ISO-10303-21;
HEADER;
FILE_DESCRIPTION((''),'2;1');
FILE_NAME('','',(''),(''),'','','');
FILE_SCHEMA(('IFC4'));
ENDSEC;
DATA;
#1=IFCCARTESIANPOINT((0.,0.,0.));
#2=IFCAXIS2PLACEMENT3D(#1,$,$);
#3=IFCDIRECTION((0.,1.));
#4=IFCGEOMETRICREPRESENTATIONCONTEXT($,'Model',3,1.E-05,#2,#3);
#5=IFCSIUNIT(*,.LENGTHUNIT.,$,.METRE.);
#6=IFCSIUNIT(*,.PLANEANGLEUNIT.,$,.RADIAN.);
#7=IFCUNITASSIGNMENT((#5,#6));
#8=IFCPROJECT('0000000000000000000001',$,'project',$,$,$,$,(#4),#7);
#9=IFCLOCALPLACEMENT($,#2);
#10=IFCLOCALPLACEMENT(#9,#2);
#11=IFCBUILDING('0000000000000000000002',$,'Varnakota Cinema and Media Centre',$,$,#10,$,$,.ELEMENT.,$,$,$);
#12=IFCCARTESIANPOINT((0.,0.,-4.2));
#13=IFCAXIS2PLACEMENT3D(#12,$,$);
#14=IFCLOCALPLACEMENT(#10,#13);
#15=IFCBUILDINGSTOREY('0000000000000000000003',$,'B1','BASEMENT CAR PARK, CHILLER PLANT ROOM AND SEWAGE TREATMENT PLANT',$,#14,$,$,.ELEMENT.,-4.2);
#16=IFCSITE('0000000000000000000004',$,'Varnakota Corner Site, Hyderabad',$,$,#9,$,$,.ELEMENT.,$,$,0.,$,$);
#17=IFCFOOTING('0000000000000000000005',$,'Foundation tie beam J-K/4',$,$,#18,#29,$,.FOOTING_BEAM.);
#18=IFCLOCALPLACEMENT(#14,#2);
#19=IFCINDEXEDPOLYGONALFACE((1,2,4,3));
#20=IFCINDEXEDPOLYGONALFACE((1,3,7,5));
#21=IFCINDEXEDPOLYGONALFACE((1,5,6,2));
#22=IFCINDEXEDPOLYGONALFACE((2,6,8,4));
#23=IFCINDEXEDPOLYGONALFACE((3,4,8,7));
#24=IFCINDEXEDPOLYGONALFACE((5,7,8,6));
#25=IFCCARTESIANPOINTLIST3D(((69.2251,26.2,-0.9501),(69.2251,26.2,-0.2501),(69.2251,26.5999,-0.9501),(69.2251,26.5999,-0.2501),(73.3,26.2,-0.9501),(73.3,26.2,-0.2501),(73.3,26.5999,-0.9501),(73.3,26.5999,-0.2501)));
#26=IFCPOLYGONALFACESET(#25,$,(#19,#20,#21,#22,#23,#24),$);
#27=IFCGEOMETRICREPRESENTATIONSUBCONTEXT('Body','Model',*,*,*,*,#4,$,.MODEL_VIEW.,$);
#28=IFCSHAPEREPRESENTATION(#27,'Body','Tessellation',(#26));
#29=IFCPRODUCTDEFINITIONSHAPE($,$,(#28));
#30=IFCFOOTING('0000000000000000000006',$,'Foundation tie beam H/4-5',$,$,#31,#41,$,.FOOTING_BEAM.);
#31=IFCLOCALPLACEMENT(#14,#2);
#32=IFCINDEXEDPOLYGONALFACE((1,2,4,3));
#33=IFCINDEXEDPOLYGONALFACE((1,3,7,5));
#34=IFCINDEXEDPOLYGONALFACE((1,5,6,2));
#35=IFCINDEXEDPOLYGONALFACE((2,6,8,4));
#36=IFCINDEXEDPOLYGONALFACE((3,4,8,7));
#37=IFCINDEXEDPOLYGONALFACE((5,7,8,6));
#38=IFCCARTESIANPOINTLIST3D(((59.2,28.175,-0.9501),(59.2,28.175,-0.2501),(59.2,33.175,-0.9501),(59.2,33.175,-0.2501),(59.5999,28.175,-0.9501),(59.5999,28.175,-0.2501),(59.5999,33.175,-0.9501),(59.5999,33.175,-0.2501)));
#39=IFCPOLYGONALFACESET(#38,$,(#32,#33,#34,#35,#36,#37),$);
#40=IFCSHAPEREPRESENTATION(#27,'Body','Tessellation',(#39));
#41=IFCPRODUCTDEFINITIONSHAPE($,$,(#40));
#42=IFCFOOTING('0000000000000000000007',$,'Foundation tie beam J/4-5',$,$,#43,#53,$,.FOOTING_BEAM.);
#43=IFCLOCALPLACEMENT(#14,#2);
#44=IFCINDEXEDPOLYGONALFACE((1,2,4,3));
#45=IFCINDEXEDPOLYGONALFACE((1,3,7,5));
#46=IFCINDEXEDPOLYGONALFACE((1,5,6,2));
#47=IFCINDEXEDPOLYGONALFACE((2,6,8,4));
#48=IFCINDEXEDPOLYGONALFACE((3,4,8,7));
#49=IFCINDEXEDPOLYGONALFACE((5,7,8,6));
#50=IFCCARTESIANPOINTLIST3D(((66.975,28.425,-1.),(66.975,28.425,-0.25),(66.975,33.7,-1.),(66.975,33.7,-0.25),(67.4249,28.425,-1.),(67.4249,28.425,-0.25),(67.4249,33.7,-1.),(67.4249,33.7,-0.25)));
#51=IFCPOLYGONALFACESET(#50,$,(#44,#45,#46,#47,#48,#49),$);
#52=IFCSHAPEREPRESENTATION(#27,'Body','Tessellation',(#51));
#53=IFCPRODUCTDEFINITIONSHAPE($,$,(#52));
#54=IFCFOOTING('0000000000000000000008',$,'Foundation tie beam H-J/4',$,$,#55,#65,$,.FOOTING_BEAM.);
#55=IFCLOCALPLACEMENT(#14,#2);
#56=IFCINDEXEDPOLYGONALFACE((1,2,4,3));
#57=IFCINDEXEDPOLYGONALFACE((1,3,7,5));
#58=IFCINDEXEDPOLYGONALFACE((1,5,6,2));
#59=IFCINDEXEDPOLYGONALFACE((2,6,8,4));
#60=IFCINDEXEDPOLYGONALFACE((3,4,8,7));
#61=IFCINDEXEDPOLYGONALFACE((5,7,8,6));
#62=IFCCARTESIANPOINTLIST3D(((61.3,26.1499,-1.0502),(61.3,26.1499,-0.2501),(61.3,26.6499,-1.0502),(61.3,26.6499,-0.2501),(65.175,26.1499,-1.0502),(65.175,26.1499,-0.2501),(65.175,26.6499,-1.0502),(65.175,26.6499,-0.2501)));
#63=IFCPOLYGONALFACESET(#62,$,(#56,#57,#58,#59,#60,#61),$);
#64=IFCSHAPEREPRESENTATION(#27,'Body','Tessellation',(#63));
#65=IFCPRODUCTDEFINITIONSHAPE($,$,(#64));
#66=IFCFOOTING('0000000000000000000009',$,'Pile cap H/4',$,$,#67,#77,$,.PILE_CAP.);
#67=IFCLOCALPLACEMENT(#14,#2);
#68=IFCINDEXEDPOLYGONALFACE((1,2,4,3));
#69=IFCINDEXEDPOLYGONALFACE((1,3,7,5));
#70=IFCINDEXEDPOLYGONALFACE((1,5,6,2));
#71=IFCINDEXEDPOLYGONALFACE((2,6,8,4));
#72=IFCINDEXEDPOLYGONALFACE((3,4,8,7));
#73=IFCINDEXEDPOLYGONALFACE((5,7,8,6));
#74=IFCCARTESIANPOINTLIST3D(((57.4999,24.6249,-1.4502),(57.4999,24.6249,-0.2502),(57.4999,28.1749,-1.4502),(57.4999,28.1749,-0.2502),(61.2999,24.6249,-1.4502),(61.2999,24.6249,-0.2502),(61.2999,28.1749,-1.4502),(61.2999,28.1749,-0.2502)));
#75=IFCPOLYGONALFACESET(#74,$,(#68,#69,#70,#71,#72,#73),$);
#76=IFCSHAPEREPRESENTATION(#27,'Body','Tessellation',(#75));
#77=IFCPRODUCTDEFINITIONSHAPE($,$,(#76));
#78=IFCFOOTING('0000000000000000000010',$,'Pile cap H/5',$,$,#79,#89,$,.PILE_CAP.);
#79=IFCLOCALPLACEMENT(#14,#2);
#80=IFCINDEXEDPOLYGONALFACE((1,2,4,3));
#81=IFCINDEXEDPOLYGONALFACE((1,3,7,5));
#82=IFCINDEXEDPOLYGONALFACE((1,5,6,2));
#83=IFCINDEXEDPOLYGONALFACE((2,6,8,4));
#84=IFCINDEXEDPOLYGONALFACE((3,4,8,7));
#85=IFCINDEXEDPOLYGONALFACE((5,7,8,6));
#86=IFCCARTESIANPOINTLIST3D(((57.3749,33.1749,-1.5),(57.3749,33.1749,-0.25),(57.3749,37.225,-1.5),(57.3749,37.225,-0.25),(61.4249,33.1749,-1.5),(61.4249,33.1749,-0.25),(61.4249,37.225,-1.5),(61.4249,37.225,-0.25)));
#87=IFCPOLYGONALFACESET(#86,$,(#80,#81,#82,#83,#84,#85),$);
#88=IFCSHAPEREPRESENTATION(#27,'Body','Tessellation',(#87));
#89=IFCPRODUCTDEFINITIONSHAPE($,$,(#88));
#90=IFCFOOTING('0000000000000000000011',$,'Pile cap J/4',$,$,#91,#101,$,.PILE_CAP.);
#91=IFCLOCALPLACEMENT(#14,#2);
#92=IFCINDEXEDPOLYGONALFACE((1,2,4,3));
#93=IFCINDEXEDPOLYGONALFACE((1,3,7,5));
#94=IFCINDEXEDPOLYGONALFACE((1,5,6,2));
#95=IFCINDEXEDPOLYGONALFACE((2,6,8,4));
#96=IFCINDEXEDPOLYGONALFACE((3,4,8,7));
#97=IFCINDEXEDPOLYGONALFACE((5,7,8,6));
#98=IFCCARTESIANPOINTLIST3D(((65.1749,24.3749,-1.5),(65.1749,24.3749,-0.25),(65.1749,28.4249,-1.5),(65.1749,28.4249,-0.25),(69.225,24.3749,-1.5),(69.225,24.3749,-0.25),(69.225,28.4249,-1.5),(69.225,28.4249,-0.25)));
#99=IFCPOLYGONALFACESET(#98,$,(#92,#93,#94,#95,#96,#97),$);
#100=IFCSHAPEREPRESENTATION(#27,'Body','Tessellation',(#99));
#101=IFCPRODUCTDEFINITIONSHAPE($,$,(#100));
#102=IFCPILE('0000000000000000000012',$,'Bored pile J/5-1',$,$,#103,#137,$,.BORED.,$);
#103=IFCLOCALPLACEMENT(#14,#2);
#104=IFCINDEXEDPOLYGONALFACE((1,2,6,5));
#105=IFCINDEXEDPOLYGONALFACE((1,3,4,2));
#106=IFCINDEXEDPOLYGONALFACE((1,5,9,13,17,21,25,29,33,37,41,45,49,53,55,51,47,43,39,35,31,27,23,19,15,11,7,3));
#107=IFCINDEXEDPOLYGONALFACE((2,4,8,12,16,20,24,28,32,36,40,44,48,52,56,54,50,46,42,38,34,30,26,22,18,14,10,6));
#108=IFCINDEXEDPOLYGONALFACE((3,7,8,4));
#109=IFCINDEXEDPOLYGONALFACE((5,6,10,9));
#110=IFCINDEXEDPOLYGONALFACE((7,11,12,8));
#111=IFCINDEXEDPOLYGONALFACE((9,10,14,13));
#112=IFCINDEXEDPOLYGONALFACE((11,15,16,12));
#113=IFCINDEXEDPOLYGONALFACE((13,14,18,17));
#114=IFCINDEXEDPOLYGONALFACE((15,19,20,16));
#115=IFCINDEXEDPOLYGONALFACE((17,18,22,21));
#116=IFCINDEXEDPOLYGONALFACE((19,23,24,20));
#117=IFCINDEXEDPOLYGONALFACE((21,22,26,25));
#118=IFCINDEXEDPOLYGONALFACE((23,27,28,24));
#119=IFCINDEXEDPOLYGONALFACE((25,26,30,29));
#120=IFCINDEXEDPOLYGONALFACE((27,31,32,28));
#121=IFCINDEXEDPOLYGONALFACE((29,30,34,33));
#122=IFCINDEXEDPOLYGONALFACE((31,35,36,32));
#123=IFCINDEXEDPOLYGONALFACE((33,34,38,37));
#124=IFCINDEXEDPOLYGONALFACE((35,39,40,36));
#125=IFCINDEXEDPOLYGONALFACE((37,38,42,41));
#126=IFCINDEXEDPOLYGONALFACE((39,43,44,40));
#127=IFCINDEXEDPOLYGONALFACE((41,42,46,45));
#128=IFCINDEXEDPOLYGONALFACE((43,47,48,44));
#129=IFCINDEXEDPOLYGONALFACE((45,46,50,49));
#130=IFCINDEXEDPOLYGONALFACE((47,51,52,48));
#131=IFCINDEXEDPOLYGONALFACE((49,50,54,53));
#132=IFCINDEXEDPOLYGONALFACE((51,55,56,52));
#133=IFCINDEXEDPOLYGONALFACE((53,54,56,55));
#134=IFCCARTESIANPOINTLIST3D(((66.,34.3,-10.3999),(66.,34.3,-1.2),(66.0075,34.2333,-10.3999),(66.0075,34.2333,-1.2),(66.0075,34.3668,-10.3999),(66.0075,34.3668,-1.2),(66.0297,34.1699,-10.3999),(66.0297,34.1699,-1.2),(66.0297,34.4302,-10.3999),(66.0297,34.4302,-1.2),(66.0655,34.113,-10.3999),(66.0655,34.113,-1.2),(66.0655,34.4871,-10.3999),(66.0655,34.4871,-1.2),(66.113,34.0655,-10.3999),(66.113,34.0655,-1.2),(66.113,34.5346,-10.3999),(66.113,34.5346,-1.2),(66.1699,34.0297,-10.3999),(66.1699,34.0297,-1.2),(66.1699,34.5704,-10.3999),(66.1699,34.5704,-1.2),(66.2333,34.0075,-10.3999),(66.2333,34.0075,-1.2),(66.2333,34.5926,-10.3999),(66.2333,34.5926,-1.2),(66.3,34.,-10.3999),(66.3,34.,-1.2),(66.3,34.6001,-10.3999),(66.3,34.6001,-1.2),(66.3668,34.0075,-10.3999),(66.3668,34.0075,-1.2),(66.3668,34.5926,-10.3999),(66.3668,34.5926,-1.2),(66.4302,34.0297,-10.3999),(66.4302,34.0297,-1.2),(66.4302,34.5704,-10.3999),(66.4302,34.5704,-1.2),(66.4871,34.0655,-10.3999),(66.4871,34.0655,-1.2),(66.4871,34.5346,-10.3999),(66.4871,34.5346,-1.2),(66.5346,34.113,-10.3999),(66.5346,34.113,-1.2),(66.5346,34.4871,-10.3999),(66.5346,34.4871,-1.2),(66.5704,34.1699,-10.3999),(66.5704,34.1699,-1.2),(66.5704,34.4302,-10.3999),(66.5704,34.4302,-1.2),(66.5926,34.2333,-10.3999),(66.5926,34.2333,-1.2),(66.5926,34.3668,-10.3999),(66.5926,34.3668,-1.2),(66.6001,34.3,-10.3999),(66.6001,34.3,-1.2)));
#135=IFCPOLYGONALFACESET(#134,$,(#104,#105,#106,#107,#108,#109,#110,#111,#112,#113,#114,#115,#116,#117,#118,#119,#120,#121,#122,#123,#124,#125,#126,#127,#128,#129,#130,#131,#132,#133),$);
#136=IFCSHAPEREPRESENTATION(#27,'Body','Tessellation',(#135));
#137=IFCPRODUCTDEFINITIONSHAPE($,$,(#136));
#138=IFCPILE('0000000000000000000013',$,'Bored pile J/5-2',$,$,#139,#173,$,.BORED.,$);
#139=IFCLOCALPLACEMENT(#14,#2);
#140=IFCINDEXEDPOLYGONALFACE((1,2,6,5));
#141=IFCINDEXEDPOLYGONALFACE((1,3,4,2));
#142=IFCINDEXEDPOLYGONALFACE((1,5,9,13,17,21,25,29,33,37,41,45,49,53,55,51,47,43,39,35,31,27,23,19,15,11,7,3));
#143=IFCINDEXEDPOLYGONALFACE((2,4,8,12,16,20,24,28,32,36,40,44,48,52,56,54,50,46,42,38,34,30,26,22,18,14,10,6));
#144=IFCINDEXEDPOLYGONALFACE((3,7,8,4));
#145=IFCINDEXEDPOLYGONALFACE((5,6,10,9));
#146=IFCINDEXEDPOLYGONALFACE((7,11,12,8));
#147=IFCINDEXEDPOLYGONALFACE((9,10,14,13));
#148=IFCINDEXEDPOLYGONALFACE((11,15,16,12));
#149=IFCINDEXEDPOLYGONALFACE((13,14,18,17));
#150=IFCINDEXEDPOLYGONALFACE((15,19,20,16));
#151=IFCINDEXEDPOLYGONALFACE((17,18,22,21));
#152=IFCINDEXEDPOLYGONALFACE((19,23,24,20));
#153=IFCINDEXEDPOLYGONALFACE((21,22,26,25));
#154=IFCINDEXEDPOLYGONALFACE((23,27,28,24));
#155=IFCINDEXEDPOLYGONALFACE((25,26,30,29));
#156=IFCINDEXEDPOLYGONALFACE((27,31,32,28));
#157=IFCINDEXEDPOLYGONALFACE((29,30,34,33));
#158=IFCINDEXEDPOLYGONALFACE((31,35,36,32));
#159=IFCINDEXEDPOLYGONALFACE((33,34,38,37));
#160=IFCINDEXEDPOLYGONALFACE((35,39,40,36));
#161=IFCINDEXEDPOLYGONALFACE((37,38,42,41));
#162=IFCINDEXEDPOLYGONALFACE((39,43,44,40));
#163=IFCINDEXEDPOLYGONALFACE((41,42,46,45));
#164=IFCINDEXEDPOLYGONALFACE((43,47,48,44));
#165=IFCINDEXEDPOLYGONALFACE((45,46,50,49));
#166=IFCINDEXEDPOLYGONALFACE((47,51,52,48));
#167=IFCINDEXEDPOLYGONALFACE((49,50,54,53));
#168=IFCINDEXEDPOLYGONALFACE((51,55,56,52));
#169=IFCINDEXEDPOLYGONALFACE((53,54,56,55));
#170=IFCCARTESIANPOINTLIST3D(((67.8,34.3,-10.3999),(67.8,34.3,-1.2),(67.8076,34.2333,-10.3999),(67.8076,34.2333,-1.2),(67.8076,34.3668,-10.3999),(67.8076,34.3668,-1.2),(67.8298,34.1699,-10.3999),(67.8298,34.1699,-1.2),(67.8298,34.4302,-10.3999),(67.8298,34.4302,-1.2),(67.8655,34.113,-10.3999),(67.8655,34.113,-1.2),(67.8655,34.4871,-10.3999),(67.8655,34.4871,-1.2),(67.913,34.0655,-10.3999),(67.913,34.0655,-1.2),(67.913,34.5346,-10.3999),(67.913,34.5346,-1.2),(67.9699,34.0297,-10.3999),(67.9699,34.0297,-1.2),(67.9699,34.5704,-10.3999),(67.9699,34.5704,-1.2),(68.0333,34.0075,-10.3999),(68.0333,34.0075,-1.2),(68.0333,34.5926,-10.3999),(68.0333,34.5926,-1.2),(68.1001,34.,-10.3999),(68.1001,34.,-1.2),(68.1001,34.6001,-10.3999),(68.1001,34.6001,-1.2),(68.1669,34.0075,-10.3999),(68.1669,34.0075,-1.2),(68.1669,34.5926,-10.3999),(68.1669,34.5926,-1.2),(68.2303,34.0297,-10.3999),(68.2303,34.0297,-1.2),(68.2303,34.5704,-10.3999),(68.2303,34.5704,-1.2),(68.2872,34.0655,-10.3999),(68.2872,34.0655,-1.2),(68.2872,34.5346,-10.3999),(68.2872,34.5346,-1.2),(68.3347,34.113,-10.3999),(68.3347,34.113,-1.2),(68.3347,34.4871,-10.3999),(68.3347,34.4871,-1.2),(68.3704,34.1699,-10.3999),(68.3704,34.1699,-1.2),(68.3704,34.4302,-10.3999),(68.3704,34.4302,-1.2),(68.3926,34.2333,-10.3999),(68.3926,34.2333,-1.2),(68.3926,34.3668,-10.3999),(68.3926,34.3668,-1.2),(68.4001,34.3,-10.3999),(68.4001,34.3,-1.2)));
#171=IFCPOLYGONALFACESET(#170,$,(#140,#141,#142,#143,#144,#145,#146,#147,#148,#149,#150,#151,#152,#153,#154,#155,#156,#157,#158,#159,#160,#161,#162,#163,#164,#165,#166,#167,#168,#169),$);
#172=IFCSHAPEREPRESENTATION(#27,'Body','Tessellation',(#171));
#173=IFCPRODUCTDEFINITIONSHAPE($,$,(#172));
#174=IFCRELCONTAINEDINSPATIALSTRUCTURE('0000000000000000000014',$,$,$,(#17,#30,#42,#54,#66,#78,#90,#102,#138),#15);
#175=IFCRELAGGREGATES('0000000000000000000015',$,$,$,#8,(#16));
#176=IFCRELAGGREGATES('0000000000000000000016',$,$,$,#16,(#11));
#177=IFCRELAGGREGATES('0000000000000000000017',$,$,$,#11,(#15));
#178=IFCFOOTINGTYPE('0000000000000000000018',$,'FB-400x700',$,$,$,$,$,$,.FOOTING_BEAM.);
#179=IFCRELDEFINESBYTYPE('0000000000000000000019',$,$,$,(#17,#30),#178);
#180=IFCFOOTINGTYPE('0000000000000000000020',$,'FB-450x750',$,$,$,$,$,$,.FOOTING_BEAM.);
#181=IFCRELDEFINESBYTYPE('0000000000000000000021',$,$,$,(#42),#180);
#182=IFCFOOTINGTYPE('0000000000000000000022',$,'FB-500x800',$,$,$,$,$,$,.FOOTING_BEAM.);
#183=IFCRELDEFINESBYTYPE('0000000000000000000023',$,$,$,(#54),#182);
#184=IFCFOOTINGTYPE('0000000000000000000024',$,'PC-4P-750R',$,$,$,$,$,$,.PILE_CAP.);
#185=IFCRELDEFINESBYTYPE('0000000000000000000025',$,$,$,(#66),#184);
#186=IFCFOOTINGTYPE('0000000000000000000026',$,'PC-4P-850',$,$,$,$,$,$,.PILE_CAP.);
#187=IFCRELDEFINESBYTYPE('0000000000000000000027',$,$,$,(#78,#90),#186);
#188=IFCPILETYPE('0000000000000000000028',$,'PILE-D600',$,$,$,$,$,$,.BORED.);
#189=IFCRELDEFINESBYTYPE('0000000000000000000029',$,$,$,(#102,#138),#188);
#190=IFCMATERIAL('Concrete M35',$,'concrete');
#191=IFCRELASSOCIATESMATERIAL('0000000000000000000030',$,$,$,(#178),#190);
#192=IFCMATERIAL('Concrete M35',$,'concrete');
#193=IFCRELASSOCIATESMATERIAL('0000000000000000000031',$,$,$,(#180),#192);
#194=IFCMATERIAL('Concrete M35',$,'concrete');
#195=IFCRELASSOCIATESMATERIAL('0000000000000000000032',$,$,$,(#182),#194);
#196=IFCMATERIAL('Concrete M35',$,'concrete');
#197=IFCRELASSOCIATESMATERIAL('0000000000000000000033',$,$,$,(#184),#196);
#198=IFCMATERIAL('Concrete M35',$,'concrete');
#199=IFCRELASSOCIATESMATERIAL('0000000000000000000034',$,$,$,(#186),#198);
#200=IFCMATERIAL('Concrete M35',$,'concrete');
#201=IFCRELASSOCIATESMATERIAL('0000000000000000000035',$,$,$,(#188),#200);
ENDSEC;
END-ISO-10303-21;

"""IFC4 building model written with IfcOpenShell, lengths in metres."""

from ifc_helpers import new_model, si_unit, direction, frame, origin, origin_2d, place, context, subcontext, project, spatial, rectangle, circle, extrude, material, material_profile, profile_set, type_object, element, save


model = new_model("IFC4")

# Units and contexts
model_context = context("Model", 3, precision=1e-05, world=origin(), true_north=direction((0.0, 1.0)))
body_context = subcontext(model_context, "Body", "Model", "MODEL_VIEW")
ifc_project = project(units=[si_unit("LENGTHUNIT", "METRE"), si_unit("PLANEANGLEUNIT", "RADIAN")], contexts=[model_context])

# Site, building, storey
site_placement = place(None, origin())
site = spatial("IfcSite", under=ifc_project, at=site_placement, Name="Varnakota Corner Site, Hyderabad", CompositionType="ELEMENT", RefElevation=0.0)
building_placement = place(site_placement, origin())
building = spatial("IfcBuilding", under=site, at=building_placement, Name="Varnakota Cinema and Media Centre", CompositionType="ELEMENT")
storey_placement = place(building_placement, frame((0.0, 0.0, -4.2)))
storey = spatial("IfcBuildingStorey", under=building, at=storey_placement, Name="B1", Description="BASEMENT CAR PARK, CHILLER PLANT ROOM AND SEWAGE TREATMENT PLANT", CompositionType="ELEMENT", Elevation=-4.2)

# Footings
ifc_material_1 = material(Name="Concrete M35", Category="concrete")
ifc_material_profile_1 = material_profile(ifc_material_1, rectangle(XDim=0.3999, YDim=0.7, at=origin_2d()), Name="FB 400x700")
ifc_profile_set_1 = profile_set([ifc_material_profile_1], Name="Concrete M35")
footing_type_1 = type_object("IfcFootingType", Name="FB-400x700", PredefinedType="FOOTING_BEAM", material=ifc_profile_set_1)
footing_1_placement = place(storey_placement, frame((69.2251, 26.3999, -0.6001), z_axis=(1.0, 0.0, 0.0), x_axis=(0.0, 1.0, 0.0)))
element("IfcFooting", 1, at=footing_1_placement, inside=storey, type_object=footing_type_1, Name="Foundation tie beam J-K/4", PredefinedType="FOOTING_BEAM", context=body_context, shape_type="SweptSolid", body=[
    extrude(rectangle(XDim=0.3999, YDim=0.7, at=origin_2d()), origin(), (0.0, 0.0, 1.0), 4.075),
])
footing_2_placement = place(storey_placement, frame((59.3999, 28.175, -0.6001), z_axis=(0.0, 1.0, 0.0), x_axis=(-1.0, 0.0, 0.0)))
element("IfcFooting", 2, at=footing_2_placement, inside=storey, type_object=footing_type_1, Name="Foundation tie beam H/4-5", PredefinedType="FOOTING_BEAM", context=body_context, shape_type="SweptSolid", body=[
    extrude(rectangle(XDim=0.3999, YDim=0.7, at=origin_2d()), origin(), (0.0, 0.0, 1.0), 5.0),
])
ifc_material_2 = material(Name="Concrete M35", Category="concrete")
ifc_material_profile_2 = material_profile(ifc_material_2, rectangle(XDim=0.45, YDim=0.75, at=origin_2d()), Name="FB 450x750")
ifc_profile_set_2 = profile_set([ifc_material_profile_2], Name="Concrete M35")
footing_type_2 = type_object("IfcFootingType", Name="FB-450x750", PredefinedType="FOOTING_BEAM", material=ifc_profile_set_2)
footing_3_placement = place(storey_placement, frame((67.2, 28.425, -0.625), z_axis=(0.0, 1.0, 0.0), x_axis=(-1.0, 0.0, 0.0)))
element("IfcFooting", 3, at=footing_3_placement, inside=storey, type_object=footing_type_2, Name="Foundation tie beam J/4-5", PredefinedType="FOOTING_BEAM", context=body_context, shape_type="SweptSolid", body=[
    extrude(rectangle(XDim=0.45, YDim=0.75, at=origin_2d()), origin(), (0.0, 0.0, 1.0), 5.2749),
])
ifc_material_3 = material(Name="Concrete M35", Category="concrete")
ifc_material_profile_3 = material_profile(ifc_material_3, rectangle(XDim=0.5, YDim=0.8, at=origin_2d()), Name="FB 500x800")
ifc_profile_set_3 = profile_set([ifc_material_profile_3], Name="Concrete M35")
footing_type_3 = type_object("IfcFootingType", Name="FB-500x800", PredefinedType="FOOTING_BEAM", material=ifc_profile_set_3)
footing_4_placement = place(storey_placement, frame((61.3, 26.3999, -0.6501), z_axis=(1.0, 0.0, 0.0), x_axis=(0.0, 1.0, 0.0)))
element("IfcFooting", 4, at=footing_4_placement, inside=storey, type_object=footing_type_3, Name="Foundation tie beam H-J/4", PredefinedType="FOOTING_BEAM", context=body_context, shape_type="SweptSolid", body=[
    extrude(rectangle(XDim=0.5, YDim=0.8, at=origin_2d()), origin(), (0.0, 0.0, 1.0), 3.875),
])
ifc_material_4 = material(Name="Concrete M35", Category="concrete")
footing_type_4 = type_object("IfcFootingType", Name="PC-4P-750R", PredefinedType="PILE_CAP", material=ifc_material_4)
footing_5_placement = place(storey_placement, frame((59.3999, 26.3999, -1.4502), z_axis=(0.0, 0.0, 1.0), x_axis=(1.0, 0.0, 0.0)))
element("IfcFooting", 5, at=footing_5_placement, inside=storey, type_object=footing_type_4, Name="Pile cap H/4", PredefinedType="PILE_CAP", context=body_context, shape_type="SweptSolid", body=[
    extrude(rectangle(XDim=3.8, YDim=3.55, at=origin_2d()), origin(), (0.0, 0.0, 1.0), 1.2),
])
ifc_material_5 = material(Name="Concrete M35", Category="concrete")
footing_type_5 = type_object("IfcFootingType", Name="PC-4P-850", PredefinedType="PILE_CAP", material=ifc_material_5)
for number, where, z_axis, x_axis, name in (
    (6, (59.3999, 35.2, -1.5), (0.0, 0.0, 1.0), (1.0, 0.0, 0.0), "Pile cap H/5"),
    (7, (67.2, 26.3999, -1.5), (0.0, 0.0, 1.0), (1.0, 0.0, 0.0), "Pile cap J/4"),
):
    element("IfcFooting", number, at=place(storey_placement, frame(where, z_axis=z_axis, x_axis=x_axis)), inside=storey, type_object=footing_type_5, Name=name, PredefinedType="PILE_CAP", context=body_context, shape_type="SweptSolid", body=[
        extrude(rectangle(XDim=4.05, YDim=4.05, at=origin_2d()), origin(), (0.0, 0.0, 1.0), 1.25),
    ])

# Piles
ifc_material_6 = material(Name="Concrete M35", Category="concrete")
ifc_material_profile_4 = material_profile(ifc_material_6, circle(Radius=0.3, at=origin_2d()), Name="PILE D600")
ifc_profile_set_4 = profile_set([ifc_material_profile_4], Name="Concrete M35")
pile_type_1 = type_object("IfcPileType", Name="PILE-D600", PredefinedType="BORED", material=ifc_profile_set_4)
for number, where, z_axis, x_axis, name in (
    (8, (66.3, 34.3, -1.2), (0.0, 0.0, -1.0), (1.0, 0.0, 0.0), "Bored pile J/5-1"),
    (9, (68.1001, 34.3, -1.2), (0.0, 0.0, -1.0), (1.0, 0.0, 0.0), "Bored pile J/5-2"),
):
    element("IfcPile", number, at=place(storey_placement, frame(where, z_axis=z_axis, x_axis=x_axis)), inside=storey, type_object=pile_type_1, Name=name, PredefinedType="BORED", context=body_context, shape_type="SweptSolid", body=[
        extrude(circle(Radius=0.3, at=origin_2d()), origin(), (0.0, 0.0, 1.0), 9.2),
    ])

save(model, "model.ifc")
